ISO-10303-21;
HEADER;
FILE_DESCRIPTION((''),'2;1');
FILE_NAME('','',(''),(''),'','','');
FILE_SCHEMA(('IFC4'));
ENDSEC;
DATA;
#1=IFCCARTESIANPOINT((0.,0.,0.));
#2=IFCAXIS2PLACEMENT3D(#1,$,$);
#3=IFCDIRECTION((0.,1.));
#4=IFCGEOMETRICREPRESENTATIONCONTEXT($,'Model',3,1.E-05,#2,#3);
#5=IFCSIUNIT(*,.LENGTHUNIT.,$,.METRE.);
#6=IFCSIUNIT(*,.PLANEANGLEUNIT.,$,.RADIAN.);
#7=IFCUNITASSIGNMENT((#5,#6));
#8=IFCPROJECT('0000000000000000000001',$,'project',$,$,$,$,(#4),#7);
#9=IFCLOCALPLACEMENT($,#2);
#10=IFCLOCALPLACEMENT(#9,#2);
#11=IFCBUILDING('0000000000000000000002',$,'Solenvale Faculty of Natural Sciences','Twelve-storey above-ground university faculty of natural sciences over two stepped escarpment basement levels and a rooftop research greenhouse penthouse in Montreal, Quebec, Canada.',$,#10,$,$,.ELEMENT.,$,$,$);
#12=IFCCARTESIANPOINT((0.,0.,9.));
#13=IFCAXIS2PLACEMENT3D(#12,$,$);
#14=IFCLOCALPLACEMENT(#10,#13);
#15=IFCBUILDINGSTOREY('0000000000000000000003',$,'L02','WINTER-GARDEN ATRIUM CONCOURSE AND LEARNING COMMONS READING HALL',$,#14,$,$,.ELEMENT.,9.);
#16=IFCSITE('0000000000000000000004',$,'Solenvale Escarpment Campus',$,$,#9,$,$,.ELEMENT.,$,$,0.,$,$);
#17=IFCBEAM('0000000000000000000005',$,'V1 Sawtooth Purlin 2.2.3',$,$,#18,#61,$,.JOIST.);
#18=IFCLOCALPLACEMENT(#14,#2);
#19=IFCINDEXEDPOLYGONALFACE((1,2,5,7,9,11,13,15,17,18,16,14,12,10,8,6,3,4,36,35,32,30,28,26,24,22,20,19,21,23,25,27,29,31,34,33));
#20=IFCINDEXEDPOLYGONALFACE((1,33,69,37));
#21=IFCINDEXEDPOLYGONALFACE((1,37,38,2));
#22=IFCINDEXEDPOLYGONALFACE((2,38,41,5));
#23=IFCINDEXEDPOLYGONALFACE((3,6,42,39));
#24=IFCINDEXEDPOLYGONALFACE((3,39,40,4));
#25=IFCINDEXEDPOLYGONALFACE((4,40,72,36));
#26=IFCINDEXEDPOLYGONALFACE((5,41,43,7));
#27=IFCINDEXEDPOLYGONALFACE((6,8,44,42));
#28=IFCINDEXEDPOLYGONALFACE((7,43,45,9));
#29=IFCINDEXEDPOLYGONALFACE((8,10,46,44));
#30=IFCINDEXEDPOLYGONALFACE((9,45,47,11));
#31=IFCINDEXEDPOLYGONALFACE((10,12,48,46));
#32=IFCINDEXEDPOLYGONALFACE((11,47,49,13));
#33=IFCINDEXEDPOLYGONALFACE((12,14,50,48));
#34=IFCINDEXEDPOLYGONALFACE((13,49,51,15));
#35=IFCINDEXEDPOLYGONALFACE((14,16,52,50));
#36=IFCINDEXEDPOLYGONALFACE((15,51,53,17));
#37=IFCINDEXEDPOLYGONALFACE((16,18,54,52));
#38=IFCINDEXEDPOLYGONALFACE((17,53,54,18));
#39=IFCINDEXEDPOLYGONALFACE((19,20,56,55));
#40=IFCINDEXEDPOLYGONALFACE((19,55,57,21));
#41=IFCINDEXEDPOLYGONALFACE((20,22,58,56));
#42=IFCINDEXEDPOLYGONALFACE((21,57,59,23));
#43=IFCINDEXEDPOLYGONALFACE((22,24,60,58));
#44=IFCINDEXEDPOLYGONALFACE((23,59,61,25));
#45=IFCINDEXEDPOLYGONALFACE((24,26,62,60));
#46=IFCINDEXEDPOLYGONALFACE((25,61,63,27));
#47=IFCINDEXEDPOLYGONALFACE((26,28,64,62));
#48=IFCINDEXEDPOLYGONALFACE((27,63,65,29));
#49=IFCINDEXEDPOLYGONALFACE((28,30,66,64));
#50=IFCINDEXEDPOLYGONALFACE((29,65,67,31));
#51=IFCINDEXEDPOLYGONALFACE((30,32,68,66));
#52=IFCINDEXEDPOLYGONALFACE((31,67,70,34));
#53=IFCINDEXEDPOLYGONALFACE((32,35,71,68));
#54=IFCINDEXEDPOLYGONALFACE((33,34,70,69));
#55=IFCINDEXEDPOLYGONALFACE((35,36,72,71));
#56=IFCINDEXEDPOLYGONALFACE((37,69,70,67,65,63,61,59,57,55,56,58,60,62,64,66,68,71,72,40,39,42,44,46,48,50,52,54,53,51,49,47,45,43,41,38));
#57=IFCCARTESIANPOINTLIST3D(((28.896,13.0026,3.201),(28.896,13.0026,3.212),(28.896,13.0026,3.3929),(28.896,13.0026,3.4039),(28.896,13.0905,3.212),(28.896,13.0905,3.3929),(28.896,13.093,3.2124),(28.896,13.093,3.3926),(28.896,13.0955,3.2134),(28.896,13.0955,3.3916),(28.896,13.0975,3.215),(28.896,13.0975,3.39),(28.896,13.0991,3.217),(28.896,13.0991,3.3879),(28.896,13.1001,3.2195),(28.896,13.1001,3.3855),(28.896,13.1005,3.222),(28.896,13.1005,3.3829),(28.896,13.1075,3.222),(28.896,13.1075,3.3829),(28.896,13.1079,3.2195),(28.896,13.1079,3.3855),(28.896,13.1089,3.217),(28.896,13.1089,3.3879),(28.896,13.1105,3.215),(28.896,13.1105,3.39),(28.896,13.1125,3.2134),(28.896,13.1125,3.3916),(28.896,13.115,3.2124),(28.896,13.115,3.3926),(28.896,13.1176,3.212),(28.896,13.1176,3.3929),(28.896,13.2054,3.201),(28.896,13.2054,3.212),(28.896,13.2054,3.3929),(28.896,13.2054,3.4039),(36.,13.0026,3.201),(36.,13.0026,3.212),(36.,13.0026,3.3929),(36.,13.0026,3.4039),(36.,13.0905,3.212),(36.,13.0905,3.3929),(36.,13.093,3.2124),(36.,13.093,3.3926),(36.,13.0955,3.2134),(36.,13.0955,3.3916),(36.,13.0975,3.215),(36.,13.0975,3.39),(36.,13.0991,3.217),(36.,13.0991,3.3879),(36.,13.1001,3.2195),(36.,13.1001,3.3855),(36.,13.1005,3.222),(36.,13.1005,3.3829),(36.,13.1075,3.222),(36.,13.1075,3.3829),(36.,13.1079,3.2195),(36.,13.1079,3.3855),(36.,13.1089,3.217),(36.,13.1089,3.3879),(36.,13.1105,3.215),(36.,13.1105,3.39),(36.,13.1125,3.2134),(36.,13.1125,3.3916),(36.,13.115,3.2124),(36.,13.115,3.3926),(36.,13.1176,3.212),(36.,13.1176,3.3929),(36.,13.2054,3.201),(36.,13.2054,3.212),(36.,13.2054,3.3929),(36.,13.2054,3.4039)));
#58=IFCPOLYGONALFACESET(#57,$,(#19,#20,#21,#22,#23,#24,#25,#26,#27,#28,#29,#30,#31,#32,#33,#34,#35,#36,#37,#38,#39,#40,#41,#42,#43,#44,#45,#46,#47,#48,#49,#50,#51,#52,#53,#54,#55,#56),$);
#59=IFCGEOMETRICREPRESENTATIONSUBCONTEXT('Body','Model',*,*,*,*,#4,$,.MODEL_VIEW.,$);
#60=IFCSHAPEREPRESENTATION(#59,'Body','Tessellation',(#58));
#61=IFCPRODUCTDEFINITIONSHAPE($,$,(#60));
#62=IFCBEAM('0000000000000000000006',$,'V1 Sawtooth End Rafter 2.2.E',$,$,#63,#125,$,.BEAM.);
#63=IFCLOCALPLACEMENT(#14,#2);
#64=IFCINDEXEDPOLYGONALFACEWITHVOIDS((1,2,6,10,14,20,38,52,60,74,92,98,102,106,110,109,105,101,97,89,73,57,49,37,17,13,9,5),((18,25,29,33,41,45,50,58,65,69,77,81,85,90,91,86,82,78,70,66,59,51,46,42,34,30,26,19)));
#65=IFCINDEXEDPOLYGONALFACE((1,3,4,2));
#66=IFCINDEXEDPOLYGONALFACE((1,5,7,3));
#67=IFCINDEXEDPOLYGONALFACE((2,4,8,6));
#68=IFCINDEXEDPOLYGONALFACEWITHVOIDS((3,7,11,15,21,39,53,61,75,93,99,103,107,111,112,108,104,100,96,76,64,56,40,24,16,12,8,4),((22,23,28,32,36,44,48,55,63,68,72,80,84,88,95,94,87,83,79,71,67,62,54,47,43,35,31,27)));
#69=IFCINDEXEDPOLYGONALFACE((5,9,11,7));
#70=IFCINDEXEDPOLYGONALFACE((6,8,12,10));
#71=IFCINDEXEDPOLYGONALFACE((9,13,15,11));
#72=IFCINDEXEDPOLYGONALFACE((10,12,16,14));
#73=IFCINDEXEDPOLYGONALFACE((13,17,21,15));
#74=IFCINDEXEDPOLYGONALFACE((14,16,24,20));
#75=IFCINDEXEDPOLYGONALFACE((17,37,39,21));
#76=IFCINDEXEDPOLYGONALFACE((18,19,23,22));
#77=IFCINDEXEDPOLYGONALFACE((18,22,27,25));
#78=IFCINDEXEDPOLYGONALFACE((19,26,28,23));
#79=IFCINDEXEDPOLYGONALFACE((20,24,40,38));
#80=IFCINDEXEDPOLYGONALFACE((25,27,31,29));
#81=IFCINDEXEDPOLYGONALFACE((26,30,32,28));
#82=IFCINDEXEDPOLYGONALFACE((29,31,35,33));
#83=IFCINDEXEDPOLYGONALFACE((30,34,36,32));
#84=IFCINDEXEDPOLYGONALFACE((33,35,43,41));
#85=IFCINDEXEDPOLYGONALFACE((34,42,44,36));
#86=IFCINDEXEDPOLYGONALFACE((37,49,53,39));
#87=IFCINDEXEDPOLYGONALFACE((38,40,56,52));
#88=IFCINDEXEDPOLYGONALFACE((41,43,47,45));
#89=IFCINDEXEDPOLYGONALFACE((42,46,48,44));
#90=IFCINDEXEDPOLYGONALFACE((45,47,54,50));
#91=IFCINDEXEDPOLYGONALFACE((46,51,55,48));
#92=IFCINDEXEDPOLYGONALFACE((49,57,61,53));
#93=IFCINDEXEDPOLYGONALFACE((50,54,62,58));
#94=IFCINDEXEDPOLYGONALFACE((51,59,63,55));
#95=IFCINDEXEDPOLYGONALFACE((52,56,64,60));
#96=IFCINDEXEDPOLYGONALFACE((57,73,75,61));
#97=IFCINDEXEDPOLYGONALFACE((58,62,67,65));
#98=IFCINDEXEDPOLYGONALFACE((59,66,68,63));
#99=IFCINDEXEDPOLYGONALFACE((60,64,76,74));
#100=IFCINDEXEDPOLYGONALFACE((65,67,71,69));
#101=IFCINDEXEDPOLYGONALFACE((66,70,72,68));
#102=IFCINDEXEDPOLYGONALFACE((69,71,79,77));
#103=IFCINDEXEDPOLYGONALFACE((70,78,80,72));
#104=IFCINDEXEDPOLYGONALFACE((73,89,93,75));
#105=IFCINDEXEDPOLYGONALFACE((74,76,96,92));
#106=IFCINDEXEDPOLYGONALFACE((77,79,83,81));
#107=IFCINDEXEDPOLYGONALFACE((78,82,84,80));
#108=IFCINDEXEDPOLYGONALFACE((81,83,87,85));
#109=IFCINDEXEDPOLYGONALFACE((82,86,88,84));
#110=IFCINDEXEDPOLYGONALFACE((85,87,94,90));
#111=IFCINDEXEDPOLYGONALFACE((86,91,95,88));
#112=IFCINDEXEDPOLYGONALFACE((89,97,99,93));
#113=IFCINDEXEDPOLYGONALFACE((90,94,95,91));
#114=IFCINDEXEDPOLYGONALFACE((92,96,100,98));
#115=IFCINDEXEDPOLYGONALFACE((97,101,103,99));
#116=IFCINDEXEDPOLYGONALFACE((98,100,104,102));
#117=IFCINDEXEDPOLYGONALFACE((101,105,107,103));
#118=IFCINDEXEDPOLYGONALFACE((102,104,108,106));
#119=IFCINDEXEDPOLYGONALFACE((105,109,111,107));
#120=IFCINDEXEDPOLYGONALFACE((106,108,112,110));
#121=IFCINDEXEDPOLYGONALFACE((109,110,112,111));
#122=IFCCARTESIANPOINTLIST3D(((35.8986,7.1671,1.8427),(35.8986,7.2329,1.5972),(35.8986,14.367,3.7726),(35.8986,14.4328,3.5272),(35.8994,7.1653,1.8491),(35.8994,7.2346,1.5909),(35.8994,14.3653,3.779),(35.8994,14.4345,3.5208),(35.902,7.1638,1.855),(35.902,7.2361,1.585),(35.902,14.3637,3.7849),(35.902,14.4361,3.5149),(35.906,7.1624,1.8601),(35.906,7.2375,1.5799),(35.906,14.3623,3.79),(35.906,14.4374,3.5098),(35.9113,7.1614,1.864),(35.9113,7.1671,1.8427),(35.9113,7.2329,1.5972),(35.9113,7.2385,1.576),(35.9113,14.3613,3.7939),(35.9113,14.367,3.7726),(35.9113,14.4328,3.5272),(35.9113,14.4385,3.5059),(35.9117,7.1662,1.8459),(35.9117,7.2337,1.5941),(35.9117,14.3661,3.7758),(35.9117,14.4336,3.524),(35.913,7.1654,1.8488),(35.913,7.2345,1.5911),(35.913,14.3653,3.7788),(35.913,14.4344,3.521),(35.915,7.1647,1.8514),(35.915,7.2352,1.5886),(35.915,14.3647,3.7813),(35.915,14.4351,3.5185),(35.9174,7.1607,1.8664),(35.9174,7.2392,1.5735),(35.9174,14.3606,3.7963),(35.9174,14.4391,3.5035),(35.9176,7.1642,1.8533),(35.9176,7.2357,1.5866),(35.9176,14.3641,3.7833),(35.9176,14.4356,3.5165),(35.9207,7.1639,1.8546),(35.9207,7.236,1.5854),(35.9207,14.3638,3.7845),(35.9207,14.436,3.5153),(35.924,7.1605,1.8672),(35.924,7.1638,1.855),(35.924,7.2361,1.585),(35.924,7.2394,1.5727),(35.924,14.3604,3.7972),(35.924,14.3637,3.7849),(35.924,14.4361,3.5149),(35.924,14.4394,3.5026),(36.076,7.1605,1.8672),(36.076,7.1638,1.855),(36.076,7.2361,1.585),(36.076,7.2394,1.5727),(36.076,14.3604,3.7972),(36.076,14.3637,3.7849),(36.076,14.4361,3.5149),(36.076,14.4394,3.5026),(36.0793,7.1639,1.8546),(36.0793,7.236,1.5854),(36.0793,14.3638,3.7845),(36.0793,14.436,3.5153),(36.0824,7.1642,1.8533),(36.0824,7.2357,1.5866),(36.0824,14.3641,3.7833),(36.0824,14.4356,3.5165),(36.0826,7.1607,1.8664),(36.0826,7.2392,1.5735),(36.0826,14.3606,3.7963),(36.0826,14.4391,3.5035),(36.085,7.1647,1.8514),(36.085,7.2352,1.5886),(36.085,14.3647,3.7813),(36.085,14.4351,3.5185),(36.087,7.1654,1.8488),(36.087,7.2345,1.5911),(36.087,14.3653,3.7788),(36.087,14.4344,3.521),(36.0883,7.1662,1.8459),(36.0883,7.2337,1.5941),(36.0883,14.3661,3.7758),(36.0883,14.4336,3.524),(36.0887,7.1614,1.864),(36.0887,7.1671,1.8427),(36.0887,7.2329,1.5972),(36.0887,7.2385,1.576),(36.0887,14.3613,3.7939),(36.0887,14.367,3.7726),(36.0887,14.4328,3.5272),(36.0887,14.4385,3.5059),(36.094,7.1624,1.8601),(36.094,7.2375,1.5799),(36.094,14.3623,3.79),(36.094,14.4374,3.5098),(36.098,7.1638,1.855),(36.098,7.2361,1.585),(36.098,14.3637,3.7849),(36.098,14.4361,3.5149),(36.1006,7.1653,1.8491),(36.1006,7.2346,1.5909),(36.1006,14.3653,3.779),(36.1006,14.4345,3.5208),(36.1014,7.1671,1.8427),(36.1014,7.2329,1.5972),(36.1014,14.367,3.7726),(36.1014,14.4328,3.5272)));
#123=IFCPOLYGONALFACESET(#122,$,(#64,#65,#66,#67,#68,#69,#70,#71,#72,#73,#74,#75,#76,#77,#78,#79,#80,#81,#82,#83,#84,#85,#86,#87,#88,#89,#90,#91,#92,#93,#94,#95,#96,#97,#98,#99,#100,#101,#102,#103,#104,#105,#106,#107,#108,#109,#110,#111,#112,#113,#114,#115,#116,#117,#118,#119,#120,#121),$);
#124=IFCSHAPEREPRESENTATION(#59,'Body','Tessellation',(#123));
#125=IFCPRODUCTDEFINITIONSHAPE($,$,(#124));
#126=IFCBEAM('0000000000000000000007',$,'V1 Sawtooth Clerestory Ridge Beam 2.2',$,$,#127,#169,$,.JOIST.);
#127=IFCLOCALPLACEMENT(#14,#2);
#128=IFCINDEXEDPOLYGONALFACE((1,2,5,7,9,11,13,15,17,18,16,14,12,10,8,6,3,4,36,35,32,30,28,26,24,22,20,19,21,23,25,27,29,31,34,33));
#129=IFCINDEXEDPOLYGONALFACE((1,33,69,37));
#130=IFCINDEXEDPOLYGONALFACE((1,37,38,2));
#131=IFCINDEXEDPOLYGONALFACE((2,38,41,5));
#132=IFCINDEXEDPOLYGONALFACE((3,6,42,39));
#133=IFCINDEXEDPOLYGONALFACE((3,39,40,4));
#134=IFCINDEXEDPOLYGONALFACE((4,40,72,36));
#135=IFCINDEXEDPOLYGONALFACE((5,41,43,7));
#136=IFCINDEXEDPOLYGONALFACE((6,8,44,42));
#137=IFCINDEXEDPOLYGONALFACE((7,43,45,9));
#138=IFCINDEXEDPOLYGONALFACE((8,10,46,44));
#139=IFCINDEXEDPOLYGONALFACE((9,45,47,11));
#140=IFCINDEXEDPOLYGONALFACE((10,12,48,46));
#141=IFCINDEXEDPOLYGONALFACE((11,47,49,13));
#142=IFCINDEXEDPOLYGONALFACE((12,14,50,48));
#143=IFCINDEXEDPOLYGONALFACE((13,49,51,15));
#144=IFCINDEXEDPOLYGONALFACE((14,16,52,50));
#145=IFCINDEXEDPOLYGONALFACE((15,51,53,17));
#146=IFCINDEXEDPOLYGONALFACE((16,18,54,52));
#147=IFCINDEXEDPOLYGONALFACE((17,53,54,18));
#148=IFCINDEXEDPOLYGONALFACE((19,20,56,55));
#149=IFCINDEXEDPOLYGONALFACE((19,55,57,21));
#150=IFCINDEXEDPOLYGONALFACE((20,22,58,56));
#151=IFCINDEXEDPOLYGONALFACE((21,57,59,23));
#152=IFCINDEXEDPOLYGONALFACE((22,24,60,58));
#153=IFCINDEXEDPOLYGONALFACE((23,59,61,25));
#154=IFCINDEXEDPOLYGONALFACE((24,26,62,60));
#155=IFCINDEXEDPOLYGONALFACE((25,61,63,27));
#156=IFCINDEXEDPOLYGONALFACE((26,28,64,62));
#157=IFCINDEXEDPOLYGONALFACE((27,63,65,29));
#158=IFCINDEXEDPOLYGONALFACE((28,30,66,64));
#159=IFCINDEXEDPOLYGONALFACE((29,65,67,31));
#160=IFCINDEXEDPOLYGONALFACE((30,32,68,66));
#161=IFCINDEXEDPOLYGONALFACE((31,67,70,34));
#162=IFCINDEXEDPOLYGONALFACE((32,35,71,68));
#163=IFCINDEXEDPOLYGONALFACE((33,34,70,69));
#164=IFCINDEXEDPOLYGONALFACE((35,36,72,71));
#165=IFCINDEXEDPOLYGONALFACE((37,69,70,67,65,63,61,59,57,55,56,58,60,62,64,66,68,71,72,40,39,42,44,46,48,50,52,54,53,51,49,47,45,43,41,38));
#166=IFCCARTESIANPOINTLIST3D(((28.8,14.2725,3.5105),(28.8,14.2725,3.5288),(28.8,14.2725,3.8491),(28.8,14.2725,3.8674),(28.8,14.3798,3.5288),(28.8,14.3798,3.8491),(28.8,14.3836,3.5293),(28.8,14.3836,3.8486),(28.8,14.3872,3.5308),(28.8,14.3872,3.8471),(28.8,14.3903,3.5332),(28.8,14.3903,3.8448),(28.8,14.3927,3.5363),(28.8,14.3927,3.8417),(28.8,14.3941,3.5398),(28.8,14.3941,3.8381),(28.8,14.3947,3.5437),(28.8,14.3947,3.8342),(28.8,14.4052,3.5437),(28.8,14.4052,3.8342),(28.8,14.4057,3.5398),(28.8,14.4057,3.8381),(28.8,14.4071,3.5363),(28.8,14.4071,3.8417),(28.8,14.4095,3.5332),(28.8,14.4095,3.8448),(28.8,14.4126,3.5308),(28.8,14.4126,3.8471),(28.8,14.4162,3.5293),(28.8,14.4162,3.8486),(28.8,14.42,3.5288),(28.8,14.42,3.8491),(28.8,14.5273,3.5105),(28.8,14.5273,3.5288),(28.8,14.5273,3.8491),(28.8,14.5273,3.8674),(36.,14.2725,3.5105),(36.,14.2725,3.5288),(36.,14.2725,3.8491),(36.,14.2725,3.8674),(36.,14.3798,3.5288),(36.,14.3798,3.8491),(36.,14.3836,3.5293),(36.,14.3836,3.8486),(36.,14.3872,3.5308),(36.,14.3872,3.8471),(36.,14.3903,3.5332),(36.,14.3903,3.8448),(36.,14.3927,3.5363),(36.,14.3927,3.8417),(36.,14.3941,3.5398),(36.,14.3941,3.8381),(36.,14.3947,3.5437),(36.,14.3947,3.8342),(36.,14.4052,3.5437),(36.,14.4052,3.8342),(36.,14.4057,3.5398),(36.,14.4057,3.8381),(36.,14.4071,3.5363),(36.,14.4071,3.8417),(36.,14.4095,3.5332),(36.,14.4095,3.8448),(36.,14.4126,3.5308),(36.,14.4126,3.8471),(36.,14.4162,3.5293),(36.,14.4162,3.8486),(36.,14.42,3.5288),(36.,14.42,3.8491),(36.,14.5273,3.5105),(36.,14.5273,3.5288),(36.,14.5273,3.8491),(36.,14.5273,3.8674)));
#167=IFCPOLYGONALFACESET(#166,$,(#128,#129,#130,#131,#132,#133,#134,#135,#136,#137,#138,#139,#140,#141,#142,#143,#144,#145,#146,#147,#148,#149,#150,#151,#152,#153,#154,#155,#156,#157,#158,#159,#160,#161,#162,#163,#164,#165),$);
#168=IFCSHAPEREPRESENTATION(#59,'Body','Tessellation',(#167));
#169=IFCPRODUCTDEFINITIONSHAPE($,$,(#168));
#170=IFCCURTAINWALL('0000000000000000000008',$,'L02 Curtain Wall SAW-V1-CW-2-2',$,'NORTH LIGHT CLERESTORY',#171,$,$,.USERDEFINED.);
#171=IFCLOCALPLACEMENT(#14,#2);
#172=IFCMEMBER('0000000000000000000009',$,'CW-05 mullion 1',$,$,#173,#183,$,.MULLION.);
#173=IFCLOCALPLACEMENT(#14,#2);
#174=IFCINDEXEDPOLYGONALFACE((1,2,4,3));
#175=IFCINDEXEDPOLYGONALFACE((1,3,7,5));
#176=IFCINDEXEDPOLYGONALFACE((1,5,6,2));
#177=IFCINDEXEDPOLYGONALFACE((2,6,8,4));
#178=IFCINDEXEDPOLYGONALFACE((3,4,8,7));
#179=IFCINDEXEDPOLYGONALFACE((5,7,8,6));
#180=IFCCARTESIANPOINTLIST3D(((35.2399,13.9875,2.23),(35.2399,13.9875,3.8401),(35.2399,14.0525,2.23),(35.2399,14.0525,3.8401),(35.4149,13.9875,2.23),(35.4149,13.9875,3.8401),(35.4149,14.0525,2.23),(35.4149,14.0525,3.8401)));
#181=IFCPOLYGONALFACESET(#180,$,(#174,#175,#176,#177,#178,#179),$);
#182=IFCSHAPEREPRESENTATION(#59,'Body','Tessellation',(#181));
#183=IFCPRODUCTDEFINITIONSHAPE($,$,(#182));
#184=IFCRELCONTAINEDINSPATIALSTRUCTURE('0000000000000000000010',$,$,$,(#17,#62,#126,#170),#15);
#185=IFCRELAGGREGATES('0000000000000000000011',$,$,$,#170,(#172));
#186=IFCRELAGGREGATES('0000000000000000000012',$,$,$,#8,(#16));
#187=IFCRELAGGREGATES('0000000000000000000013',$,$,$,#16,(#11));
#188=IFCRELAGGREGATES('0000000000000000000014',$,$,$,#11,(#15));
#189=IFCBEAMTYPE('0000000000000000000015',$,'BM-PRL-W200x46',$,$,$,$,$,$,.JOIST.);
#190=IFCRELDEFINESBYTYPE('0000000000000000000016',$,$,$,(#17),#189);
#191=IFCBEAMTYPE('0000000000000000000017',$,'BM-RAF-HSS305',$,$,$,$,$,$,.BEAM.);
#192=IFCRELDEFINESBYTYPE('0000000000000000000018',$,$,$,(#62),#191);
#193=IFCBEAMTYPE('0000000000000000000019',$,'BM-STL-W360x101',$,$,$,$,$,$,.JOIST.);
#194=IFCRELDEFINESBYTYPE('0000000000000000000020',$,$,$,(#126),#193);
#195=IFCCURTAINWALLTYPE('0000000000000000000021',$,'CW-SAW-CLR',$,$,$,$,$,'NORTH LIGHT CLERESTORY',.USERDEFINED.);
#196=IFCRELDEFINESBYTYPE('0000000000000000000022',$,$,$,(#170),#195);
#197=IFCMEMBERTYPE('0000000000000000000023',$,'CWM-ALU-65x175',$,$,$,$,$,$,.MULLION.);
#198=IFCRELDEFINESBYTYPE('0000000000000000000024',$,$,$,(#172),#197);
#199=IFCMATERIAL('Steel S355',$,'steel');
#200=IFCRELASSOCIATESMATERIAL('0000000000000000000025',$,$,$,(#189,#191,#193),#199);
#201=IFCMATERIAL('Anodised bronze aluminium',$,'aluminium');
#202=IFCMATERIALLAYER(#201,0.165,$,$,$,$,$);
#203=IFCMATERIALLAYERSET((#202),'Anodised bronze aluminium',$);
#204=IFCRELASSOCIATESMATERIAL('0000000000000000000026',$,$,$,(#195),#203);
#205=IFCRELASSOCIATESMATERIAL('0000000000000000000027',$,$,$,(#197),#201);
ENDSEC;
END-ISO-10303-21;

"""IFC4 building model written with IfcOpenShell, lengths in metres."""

from ifc_helpers import new_model, si_unit, direction, frame, origin, origin_2d, place, context, subcontext, project, spatial, rectangle, hollow_rectangle, i_section, extrude, material, layer, layer_set, material_profile, profile_set, type_object, element, aggregate, save


model = new_model("IFC4")

# Units and contexts
model_context = context("Model", 3, precision=1e-05, world=origin(), true_north=direction((0.0, 1.0)))
body_context = subcontext(model_context, "Body", "Model", "MODEL_VIEW")
ifc_project = project(units=[si_unit("LENGTHUNIT", "METRE"), si_unit("PLANEANGLEUNIT", "RADIAN")], contexts=[model_context])

# Site, building, storey
site_placement = place(None, origin())
site = spatial("IfcSite", under=ifc_project, at=site_placement, Name="Solenvale Escarpment Campus", CompositionType="ELEMENT", RefElevation=0.0)
building_placement = place(site_placement, origin())
building = spatial("IfcBuilding", under=site, at=building_placement, Name="Solenvale Faculty of Natural Sciences", Description="Twelve-storey above-ground university faculty of natural sciences over two stepped escarpment basement levels and a rooftop research greenhouse penthouse in Montreal, Quebec, Canada.", CompositionType="ELEMENT")
storey_placement = place(building_placement, frame((0.0, 0.0, 9.0)))
storey = spatial("IfcBuildingStorey", under=building, at=storey_placement, Name="L02", Description="WINTER-GARDEN ATRIUM CONCOURSE AND LEARNING COMMONS READING HALL", CompositionType="ELEMENT", Elevation=9.0)

# Shared definitions
ifc_material_1 = material(Name="Steel S355", Category="steel")

# Beams
ifc_material_profile_1 = material_profile(ifc_material_1, i_section(OverallWidth=0.2029, OverallDepth=0.2029, WebThickness=0.0071, FlangeThickness=0.011, FilletRadius=0.01, at=origin_2d()), Name="W200x46")
ifc_profile_set_1 = profile_set([ifc_material_profile_1], Name="Steel S355")
beam_type_1 = type_object("IfcBeamType", Name="BM-PRL-W200x46", PredefinedType="JOIST", material=ifc_profile_set_1)
for number, where, z_axis, x_axis, name in (
    (1, (28.896, 13.104, 3.3025), (1.0, 0.0, 0.0), (0.0, 1.0, 0.0), "V1 Sawtooth Purlin 2.2.3"),
):
    element("IfcBeam", number, at=place(storey_placement, frame(where, z_axis=z_axis, x_axis=x_axis)), inside=storey, type_object=beam_type_1, Name=name, PredefinedType="JOIST", context=body_context, shape_type="SweptSolid", body=[
        extrude(i_section(OverallWidth=0.2029, OverallDepth=0.2029, WebThickness=0.0071, FlangeThickness=0.011, FilletRadius=0.01, at=origin_2d()), origin(), (0.0, 0.0, 1.0), 7.104),
    ])
ifc_material_profile_2 = material_profile(ifc_material_1, hollow_rectangle(XDim=0.2029, YDim=0.3049, WallThickness=0.0127, InnerFilletRadius=0.0127, OuterFilletRadius=0.0254, at=origin_2d()), Name="HSS305x203x13")
ifc_profile_set_2 = profile_set([ifc_material_profile_2], Name="Steel S355")
beam_type_2 = type_object("IfcBeamType", Name="BM-RAF-HSS305", PredefinedType="BEAM", material=ifc_profile_set_2)
beam_1_placement = place(storey_placement, frame((36.0, 7.2, 1.72), z_axis=(0.0, 0.965902, 0.258908), x_axis=(-1.0, 0.0, 0.0)))
element("IfcBeam", 2, at=beam_1_placement, inside=storey, type_object=beam_type_2, Name="V1 Sawtooth End Rafter 2.2.E", PredefinedType="BEAM", context=body_context, shape_type="SweptSolid", body=[
    extrude(hollow_rectangle(XDim=0.2029, YDim=0.3049, WallThickness=0.0127, InnerFilletRadius=0.0127, OuterFilletRadius=0.0254, at=origin_2d()), origin(), (0.0, 0.0, 1.0), 7.4541),
])
ifc_material_profile_3 = material_profile(ifc_material_1, i_section(OverallWidth=0.2549, OverallDepth=0.3569, WebThickness=0.0105, FlangeThickness=0.0183, FilletRadius=0.0149, at=origin_2d()), Name="W360x101")
ifc_profile_set_3 = profile_set([ifc_material_profile_3], Name="Steel S355")
beam_type_3 = type_object("IfcBeamType", Name="BM-STL-W360x101", PredefinedType="JOIST", material=ifc_profile_set_3)
beam_2_placement = place(storey_placement, frame((28.8, 14.3999, 3.689), z_axis=(1.0, 0.0, 0.0), x_axis=(0.0, 1.0, 0.0)))
element("IfcBeam", 3, at=beam_2_placement, inside=storey, type_object=beam_type_3, Name="V1 Sawtooth Clerestory Ridge Beam 2.2", PredefinedType="JOIST", context=body_context, shape_type="SweptSolid", body=[
    extrude(i_section(OverallWidth=0.2549, OverallDepth=0.3569, WebThickness=0.0105, FlangeThickness=0.0183, FilletRadius=0.0149, at=origin_2d()), origin(), (0.0, 0.0, 1.0), 7.2),
])

# Curtain wall, member
ifc_material_2 = material(Name="Anodised bronze aluminium", Category="aluminium")
ifc_layer_1 = layer(ifc_material_2, 0.165)
ifc_layer_set_1 = layer_set([ifc_layer_1], Name="Anodised bronze aluminium")
curtain_wall_type = type_object("IfcCurtainWallType", Name="CW-SAW-CLR", ElementType="NORTH LIGHT CLERESTORY", PredefinedType="USERDEFINED", material=ifc_layer_set_1)
curtain_wall_placement = place(storey_placement, origin())
curtain_wall = element("IfcCurtainWall", 4, at=curtain_wall_placement, inside=storey, type_object=curtain_wall_type, Name="L02 Curtain Wall SAW-V1-CW-2-2", ObjectType="NORTH LIGHT CLERESTORY", PredefinedType="USERDEFINED")
ifc_material_profile_4 = material_profile(ifc_material_2, rectangle(XDim=0.0649, YDim=0.175, at=origin_2d()), Name="ALU-MUL-65x175")
ifc_profile_set_4 = profile_set([ifc_material_profile_4], Name="Anodised bronze aluminium")
member_type_1 = type_object("IfcMemberType", Name="CWM-ALU-65x175", PredefinedType="MULLION", material=ifc_profile_set_4)
member_1_placement = place(storey_placement, frame((35.3274, 14.02, 2.23), z_axis=(0.0, 0.0, 1.0), x_axis=(0.0, -1.0, 0.0)))
member_1 = element("IfcMember", 5, at=member_1_placement, type_object=member_type_1, Name="CW-05 mullion 1", PredefinedType="MULLION", context=body_context, shape_type="SweptSolid", body=[
    extrude(rectangle(XDim=0.0649, YDim=0.175, at=origin_2d()), origin(), (0.0, 0.0, 1.0), 1.6101),
])

aggregate(curtain_wall, [member_1])

save(model, "model.ifc")
